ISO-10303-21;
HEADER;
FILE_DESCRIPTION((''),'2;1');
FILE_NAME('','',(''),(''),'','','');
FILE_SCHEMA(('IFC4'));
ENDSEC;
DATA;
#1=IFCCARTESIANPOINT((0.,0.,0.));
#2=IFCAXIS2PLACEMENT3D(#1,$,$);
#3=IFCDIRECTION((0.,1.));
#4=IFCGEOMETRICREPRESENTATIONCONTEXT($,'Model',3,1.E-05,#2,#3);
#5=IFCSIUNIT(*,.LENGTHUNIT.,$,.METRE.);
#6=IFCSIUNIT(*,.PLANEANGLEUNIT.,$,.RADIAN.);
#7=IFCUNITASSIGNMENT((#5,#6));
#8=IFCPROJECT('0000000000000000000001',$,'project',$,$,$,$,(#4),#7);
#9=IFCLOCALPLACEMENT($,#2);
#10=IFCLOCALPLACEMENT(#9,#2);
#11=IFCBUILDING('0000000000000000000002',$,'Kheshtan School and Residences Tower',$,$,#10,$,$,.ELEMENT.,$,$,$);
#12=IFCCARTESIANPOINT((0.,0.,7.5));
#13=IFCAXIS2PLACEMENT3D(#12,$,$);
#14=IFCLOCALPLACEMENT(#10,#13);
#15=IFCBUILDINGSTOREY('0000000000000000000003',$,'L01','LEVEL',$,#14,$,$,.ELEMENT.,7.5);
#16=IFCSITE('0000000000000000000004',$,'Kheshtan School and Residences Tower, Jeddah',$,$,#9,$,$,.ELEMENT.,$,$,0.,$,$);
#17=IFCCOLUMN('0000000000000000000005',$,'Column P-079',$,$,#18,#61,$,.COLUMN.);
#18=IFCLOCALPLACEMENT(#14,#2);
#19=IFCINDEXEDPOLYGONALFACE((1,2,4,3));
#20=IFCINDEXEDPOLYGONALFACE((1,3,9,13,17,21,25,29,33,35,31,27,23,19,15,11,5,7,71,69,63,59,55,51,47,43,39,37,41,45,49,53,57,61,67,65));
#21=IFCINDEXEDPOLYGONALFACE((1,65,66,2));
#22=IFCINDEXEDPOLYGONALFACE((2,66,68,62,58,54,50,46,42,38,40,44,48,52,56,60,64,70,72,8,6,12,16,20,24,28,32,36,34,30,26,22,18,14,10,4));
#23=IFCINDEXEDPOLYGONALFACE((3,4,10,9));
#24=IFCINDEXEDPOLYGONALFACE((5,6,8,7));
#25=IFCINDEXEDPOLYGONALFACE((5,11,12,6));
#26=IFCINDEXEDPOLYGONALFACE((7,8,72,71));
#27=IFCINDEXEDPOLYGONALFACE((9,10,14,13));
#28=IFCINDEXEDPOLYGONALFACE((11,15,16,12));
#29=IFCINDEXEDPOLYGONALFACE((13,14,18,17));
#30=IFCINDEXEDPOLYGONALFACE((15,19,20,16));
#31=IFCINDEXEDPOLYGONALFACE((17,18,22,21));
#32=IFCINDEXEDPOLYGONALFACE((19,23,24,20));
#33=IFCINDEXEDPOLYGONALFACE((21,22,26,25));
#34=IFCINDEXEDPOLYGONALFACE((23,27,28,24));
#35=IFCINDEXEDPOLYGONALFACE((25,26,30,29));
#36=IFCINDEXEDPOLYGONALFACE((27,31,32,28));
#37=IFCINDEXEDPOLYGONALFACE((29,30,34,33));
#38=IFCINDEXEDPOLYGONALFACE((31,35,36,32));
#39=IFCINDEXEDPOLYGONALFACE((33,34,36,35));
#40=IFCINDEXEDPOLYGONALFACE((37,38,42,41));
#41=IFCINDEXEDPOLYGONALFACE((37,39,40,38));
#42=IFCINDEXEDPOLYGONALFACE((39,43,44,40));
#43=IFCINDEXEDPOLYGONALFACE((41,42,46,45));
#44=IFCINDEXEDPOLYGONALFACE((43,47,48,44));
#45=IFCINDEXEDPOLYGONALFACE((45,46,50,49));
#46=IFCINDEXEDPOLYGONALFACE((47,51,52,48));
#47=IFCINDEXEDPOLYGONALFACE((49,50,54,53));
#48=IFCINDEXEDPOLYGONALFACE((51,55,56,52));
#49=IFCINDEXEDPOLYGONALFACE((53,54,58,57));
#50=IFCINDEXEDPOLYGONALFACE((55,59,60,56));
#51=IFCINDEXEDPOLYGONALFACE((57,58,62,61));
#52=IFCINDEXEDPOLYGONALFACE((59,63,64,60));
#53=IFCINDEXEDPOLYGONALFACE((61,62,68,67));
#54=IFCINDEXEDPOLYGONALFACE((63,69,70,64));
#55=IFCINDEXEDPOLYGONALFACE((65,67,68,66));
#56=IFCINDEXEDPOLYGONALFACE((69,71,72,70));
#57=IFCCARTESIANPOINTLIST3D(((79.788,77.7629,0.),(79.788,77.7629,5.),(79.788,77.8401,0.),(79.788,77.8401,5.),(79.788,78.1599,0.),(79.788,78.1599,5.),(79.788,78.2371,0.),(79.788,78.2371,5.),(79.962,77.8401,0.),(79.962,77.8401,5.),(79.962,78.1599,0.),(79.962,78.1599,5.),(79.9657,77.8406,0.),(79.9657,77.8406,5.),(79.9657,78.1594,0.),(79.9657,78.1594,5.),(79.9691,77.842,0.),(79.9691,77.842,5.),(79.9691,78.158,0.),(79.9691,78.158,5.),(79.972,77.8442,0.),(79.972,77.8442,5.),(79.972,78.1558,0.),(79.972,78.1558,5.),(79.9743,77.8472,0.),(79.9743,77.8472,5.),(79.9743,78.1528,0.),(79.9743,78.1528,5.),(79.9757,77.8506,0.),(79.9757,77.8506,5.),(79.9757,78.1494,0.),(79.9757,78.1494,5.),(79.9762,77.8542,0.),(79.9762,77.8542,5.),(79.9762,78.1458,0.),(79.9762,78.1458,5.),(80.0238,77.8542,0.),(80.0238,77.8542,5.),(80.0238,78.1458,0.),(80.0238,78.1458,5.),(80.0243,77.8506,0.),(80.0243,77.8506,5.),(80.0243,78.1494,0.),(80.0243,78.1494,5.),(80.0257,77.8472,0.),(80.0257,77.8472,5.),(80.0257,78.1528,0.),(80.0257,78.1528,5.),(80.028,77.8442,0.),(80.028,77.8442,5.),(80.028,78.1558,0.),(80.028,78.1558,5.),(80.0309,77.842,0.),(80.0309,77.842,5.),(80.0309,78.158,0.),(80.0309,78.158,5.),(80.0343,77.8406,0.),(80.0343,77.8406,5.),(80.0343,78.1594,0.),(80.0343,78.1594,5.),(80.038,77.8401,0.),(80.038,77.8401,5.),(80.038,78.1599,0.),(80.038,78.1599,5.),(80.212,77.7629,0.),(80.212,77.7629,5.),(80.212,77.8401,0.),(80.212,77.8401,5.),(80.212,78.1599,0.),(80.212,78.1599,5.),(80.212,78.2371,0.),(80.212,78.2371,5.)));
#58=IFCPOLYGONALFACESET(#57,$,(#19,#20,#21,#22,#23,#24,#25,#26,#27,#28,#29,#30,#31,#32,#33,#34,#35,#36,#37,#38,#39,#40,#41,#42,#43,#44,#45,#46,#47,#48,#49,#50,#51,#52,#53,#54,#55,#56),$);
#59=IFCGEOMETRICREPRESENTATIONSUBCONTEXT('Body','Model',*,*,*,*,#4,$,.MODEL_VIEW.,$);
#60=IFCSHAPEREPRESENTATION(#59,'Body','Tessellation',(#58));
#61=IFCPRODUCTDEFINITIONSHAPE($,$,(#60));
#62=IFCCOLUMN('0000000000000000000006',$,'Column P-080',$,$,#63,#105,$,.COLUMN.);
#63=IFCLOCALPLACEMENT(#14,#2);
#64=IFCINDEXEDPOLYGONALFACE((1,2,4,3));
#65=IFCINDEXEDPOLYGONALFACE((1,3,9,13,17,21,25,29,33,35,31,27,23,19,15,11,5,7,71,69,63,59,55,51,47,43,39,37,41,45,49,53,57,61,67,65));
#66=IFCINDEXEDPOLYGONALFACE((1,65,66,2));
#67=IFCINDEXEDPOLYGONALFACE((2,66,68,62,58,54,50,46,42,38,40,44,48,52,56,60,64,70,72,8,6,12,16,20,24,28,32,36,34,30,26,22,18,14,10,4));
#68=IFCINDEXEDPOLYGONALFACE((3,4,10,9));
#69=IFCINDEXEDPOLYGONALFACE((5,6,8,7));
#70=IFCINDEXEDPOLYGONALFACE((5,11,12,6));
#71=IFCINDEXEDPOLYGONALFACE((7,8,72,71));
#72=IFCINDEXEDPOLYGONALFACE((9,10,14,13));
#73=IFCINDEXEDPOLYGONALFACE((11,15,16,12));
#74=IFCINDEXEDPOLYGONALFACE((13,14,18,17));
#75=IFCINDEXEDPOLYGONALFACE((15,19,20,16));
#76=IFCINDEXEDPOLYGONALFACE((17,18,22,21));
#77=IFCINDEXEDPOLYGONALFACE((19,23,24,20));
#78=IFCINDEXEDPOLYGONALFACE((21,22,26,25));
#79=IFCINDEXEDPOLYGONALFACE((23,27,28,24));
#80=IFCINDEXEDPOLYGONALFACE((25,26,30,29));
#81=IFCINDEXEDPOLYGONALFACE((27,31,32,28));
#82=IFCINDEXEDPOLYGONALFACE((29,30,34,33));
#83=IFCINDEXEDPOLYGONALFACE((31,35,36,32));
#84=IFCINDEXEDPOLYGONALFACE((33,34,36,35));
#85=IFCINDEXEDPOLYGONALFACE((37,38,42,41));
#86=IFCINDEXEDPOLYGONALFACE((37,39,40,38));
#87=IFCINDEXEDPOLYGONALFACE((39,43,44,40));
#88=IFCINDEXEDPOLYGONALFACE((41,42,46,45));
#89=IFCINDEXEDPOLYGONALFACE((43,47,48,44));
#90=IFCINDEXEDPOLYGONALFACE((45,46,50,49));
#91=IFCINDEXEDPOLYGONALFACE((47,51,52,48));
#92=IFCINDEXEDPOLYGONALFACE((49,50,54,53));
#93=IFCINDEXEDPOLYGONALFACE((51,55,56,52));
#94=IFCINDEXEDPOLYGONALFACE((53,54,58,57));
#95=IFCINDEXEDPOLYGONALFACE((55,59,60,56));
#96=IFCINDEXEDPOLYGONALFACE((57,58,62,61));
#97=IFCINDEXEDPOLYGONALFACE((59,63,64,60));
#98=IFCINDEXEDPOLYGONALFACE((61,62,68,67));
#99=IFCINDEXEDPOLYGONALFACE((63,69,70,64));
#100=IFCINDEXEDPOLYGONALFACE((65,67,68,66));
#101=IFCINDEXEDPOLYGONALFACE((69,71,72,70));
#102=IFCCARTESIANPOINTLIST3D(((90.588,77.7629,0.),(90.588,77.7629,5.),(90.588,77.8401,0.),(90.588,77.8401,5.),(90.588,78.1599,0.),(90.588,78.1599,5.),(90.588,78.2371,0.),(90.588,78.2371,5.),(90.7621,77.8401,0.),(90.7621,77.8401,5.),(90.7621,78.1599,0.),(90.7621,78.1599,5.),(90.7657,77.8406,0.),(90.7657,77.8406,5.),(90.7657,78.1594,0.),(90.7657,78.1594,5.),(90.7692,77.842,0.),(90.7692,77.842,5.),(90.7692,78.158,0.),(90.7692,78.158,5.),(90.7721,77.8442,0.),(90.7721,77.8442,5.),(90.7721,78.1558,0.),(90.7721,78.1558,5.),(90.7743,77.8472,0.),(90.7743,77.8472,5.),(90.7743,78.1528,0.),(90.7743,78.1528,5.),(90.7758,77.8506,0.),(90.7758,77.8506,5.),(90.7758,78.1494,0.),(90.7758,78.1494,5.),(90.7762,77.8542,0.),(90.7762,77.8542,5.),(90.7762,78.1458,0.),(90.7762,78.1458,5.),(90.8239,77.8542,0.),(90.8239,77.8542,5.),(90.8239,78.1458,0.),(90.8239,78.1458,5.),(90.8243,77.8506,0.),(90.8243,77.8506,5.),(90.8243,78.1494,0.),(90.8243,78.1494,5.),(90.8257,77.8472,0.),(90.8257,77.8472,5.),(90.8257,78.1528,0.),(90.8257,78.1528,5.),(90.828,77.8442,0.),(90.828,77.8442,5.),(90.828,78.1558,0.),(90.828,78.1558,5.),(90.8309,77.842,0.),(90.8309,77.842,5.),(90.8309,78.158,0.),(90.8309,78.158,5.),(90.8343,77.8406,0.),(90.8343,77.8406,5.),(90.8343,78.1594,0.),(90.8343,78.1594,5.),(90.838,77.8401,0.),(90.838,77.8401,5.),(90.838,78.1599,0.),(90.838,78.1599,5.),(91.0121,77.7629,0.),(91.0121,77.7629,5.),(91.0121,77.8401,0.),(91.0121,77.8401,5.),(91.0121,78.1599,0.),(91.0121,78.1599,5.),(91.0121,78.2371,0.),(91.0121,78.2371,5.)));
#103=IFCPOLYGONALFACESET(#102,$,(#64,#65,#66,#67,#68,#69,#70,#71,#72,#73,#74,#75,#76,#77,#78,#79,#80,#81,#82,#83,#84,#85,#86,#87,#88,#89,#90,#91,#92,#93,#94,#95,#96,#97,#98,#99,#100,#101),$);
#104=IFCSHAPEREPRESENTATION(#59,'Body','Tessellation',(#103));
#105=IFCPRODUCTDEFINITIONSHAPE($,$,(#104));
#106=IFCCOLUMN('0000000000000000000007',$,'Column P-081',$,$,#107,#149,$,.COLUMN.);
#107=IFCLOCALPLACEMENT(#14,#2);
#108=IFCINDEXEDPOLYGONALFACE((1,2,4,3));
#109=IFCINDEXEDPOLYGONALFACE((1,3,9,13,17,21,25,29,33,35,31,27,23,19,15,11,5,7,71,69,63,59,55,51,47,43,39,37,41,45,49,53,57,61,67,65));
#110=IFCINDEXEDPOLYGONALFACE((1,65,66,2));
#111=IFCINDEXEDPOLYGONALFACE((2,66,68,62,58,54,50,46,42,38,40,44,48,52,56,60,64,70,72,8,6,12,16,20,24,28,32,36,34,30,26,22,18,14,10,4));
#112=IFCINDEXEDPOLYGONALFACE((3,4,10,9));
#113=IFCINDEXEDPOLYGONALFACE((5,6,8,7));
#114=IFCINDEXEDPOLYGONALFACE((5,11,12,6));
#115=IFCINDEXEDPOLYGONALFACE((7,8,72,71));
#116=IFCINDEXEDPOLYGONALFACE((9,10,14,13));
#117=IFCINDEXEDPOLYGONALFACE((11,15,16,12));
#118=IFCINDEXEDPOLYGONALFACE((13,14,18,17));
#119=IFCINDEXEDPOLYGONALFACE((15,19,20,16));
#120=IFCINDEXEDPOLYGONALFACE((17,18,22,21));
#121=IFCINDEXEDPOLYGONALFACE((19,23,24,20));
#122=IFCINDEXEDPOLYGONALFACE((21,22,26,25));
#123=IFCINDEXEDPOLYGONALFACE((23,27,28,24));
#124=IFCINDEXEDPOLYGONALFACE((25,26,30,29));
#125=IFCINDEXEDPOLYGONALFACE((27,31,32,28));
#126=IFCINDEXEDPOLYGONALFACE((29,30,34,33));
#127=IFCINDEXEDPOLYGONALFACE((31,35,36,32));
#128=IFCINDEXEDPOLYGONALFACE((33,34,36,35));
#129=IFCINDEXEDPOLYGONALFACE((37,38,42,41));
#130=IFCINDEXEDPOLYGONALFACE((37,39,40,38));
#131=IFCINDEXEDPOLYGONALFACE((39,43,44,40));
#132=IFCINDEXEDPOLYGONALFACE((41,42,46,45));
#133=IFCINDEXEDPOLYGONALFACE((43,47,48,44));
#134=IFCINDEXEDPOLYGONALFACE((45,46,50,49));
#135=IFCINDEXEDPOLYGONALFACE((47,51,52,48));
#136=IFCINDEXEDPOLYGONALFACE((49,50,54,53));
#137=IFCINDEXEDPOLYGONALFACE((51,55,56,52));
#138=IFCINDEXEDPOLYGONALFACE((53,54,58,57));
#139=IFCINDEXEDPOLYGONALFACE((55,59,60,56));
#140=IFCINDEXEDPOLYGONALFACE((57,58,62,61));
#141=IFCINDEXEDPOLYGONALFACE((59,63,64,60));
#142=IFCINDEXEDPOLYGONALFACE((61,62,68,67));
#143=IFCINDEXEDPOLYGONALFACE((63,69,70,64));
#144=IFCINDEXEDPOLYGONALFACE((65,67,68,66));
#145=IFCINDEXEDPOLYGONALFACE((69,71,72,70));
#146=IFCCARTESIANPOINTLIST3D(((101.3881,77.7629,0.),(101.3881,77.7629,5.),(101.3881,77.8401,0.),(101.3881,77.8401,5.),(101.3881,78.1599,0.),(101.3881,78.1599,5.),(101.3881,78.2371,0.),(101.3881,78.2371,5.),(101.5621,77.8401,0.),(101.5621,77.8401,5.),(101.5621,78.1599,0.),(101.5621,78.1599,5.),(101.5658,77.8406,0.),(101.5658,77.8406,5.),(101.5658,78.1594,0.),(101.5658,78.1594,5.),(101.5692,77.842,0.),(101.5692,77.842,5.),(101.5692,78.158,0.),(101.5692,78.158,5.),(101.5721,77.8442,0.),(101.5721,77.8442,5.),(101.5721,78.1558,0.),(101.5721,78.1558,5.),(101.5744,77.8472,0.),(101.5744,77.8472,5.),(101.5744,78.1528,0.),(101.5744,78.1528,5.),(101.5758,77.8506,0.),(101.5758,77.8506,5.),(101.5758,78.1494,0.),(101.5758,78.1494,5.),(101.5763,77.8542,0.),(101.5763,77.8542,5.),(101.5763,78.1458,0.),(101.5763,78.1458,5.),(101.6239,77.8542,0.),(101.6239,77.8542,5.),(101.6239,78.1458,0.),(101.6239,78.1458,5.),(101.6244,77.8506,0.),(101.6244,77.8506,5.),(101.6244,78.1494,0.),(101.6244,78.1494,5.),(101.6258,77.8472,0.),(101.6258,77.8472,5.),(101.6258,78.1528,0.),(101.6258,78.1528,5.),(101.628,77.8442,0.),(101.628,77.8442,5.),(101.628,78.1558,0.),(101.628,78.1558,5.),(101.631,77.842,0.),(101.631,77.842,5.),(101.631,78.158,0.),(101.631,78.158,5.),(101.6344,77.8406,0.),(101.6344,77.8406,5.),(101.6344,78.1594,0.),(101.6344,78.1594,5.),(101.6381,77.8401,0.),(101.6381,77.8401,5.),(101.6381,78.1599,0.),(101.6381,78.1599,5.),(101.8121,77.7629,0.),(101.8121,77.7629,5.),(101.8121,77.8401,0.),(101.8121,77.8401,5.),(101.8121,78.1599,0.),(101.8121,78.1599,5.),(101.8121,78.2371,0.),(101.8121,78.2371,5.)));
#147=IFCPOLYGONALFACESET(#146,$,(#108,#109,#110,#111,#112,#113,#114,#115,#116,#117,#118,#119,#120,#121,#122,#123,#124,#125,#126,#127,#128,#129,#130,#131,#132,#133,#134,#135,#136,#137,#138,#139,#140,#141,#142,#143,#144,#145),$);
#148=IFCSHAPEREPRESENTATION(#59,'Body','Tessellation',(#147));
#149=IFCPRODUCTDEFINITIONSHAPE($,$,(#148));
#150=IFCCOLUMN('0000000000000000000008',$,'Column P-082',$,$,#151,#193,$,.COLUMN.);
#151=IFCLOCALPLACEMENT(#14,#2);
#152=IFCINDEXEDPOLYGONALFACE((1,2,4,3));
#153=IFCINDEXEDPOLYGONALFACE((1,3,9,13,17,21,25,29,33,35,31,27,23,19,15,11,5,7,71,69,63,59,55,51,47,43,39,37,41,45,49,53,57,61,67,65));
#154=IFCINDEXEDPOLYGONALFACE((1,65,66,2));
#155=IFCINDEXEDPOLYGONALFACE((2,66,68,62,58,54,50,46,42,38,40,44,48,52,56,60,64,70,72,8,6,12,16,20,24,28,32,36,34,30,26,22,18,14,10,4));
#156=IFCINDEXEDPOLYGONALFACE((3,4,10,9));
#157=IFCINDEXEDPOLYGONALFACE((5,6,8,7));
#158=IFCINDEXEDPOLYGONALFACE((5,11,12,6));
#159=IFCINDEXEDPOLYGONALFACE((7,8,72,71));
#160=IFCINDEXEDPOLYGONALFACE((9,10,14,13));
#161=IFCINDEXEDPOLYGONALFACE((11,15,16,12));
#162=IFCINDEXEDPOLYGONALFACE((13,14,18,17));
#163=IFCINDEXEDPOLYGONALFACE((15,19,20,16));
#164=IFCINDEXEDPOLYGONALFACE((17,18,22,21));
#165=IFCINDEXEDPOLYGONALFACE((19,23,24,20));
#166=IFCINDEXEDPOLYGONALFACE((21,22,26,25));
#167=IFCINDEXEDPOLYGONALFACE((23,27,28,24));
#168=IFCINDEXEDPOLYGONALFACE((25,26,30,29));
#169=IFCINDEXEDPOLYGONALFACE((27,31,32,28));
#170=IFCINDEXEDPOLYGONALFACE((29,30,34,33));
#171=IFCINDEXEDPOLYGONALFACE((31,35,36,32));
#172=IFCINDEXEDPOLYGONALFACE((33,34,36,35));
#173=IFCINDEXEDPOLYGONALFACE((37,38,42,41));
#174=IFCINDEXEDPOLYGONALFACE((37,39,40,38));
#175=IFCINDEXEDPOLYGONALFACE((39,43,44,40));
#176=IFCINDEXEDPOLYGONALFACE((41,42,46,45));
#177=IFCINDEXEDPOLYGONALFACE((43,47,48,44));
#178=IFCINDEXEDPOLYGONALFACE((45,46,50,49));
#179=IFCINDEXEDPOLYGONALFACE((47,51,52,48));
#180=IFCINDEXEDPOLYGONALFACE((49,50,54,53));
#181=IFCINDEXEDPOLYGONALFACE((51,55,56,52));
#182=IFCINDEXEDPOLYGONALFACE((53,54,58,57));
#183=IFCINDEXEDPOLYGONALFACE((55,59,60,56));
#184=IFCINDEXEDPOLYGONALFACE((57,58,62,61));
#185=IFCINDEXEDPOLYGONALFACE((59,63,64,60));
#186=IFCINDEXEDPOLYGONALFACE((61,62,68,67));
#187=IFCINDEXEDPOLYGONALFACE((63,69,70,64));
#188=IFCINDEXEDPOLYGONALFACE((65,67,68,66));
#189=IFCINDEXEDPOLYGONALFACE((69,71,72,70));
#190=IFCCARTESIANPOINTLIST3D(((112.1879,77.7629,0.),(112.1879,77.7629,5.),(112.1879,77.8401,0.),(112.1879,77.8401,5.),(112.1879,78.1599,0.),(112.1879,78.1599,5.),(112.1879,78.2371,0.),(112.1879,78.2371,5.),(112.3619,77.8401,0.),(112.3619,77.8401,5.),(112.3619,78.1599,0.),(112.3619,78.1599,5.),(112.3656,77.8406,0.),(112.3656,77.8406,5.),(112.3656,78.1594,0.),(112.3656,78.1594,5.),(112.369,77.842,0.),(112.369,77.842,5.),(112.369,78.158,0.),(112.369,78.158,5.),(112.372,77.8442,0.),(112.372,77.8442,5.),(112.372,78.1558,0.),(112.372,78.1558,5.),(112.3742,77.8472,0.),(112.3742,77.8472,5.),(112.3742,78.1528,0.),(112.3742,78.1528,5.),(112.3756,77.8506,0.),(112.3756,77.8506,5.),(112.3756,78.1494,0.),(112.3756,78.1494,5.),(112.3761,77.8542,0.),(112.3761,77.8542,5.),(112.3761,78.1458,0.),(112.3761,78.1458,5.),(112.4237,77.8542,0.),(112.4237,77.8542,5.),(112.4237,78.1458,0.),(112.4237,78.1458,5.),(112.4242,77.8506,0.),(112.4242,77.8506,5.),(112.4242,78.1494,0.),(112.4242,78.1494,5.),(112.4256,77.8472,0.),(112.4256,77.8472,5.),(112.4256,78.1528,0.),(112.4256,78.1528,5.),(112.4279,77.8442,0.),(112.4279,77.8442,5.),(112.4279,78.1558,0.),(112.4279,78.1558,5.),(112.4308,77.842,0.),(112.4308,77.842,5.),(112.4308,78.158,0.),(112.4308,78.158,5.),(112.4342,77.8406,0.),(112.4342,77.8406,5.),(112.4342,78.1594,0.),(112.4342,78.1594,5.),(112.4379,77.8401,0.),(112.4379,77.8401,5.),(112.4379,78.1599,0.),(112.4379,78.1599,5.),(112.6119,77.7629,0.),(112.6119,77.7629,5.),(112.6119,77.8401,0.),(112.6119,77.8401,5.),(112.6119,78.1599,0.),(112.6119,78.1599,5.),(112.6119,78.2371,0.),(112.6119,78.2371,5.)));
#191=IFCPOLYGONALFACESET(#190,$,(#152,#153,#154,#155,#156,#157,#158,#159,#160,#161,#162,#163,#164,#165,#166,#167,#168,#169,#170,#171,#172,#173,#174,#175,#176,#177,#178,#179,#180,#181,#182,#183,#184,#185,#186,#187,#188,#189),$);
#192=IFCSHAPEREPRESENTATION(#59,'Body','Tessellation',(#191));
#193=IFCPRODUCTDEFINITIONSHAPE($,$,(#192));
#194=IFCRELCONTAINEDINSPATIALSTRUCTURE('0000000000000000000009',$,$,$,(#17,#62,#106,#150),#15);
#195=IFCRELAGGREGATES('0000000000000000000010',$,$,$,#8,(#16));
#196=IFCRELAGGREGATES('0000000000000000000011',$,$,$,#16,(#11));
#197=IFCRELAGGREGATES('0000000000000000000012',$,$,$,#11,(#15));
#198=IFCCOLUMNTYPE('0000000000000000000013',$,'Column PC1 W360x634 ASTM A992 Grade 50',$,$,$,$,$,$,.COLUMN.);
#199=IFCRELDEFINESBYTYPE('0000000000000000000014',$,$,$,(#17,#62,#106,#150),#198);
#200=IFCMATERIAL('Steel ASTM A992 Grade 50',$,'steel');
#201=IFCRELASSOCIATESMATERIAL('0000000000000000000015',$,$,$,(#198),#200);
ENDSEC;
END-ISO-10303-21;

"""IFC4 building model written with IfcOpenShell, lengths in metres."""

from ifc_helpers import new_model, si_unit, direction, frame, origin, origin_2d, place, context, subcontext, project, spatial, i_section, extrude, material, material_profile, profile_set, type_object, element, save


model = new_model("IFC4")

# Units and contexts
model_context = context("Model", 3, precision=1e-05, world=origin(), true_north=direction((0.0, 1.0)))
body_context = subcontext(model_context, "Body", "Model", "MODEL_VIEW")
ifc_project = project(units=[si_unit("LENGTHUNIT", "METRE"), si_unit("PLANEANGLEUNIT", "RADIAN")], contexts=[model_context])

# Site, building, storey
site_placement = place(None, origin())
site = spatial("IfcSite", under=ifc_project, at=site_placement, Name="Kheshtan School and Residences Tower, Jeddah", CompositionType="ELEMENT", RefElevation=0.0)
building_placement = place(site_placement, origin())
building = spatial("IfcBuilding", under=site, at=building_placement, Name="Kheshtan School and Residences Tower", CompositionType="ELEMENT")
storey_placement = place(building_placement, frame((0.0, 0.0, 7.5)))
storey = spatial("IfcBuildingStorey", under=building, at=storey_placement, Name="L01", Description="LEVEL", CompositionType="ELEMENT", Elevation=7.5)

# Columns
ifc_material_1 = material(Name="Steel ASTM A992 Grade 50", Category="steel")
ifc_material_profile_1 = material_profile(ifc_material_1, i_section(OverallWidth=0.4241, OverallDepth=0.4741, WebThickness=0.0476, FlangeThickness=0.0771, FilletRadius=0.0142, at=origin_2d()), Name="W360x634")
ifc_profile_set_1 = profile_set([ifc_material_profile_1], Name="Steel ASTM A992 Grade 50")
column_type = type_object("IfcColumnType", Name="Column PC1 W360x634 ASTM A992 Grade 50", PredefinedType="COLUMN", material=ifc_profile_set_1)
for number, where, z_axis, x_axis, name in (
    (1, (80.0, 78.0, 0.0), (0.0, 0.0, 1.0), (1.0, 0.0, 0.0), "Column P-079"),
    (2, (90.8, 78.0, 0.0), (0.0, 0.0, 1.0), (1.0, 0.0, 0.0), "Column P-080"),
    (3, (101.6001, 78.0, 0.0), (0.0, 0.0, 1.0), (1.0, 0.0, 0.0), "Column P-081"),
    (4, (112.3999, 78.0, 0.0), (0.0, 0.0, 1.0), (1.0, 0.0, 0.0), "Column P-082"),
):
    element("IfcColumn", number, at=place(storey_placement, frame(where, z_axis=z_axis, x_axis=x_axis)), inside=storey, type_object=column_type, Name=name, PredefinedType="COLUMN", context=body_context, shape_type="SweptSolid", body=[
        extrude(i_section(OverallWidth=0.4241, OverallDepth=0.4741, WebThickness=0.0476, FlangeThickness=0.0771, FilletRadius=0.0142, at=origin_2d()), origin(), (0.0, 0.0, 1.0), 5.0),
    ])

save(model, "model.ifc")
